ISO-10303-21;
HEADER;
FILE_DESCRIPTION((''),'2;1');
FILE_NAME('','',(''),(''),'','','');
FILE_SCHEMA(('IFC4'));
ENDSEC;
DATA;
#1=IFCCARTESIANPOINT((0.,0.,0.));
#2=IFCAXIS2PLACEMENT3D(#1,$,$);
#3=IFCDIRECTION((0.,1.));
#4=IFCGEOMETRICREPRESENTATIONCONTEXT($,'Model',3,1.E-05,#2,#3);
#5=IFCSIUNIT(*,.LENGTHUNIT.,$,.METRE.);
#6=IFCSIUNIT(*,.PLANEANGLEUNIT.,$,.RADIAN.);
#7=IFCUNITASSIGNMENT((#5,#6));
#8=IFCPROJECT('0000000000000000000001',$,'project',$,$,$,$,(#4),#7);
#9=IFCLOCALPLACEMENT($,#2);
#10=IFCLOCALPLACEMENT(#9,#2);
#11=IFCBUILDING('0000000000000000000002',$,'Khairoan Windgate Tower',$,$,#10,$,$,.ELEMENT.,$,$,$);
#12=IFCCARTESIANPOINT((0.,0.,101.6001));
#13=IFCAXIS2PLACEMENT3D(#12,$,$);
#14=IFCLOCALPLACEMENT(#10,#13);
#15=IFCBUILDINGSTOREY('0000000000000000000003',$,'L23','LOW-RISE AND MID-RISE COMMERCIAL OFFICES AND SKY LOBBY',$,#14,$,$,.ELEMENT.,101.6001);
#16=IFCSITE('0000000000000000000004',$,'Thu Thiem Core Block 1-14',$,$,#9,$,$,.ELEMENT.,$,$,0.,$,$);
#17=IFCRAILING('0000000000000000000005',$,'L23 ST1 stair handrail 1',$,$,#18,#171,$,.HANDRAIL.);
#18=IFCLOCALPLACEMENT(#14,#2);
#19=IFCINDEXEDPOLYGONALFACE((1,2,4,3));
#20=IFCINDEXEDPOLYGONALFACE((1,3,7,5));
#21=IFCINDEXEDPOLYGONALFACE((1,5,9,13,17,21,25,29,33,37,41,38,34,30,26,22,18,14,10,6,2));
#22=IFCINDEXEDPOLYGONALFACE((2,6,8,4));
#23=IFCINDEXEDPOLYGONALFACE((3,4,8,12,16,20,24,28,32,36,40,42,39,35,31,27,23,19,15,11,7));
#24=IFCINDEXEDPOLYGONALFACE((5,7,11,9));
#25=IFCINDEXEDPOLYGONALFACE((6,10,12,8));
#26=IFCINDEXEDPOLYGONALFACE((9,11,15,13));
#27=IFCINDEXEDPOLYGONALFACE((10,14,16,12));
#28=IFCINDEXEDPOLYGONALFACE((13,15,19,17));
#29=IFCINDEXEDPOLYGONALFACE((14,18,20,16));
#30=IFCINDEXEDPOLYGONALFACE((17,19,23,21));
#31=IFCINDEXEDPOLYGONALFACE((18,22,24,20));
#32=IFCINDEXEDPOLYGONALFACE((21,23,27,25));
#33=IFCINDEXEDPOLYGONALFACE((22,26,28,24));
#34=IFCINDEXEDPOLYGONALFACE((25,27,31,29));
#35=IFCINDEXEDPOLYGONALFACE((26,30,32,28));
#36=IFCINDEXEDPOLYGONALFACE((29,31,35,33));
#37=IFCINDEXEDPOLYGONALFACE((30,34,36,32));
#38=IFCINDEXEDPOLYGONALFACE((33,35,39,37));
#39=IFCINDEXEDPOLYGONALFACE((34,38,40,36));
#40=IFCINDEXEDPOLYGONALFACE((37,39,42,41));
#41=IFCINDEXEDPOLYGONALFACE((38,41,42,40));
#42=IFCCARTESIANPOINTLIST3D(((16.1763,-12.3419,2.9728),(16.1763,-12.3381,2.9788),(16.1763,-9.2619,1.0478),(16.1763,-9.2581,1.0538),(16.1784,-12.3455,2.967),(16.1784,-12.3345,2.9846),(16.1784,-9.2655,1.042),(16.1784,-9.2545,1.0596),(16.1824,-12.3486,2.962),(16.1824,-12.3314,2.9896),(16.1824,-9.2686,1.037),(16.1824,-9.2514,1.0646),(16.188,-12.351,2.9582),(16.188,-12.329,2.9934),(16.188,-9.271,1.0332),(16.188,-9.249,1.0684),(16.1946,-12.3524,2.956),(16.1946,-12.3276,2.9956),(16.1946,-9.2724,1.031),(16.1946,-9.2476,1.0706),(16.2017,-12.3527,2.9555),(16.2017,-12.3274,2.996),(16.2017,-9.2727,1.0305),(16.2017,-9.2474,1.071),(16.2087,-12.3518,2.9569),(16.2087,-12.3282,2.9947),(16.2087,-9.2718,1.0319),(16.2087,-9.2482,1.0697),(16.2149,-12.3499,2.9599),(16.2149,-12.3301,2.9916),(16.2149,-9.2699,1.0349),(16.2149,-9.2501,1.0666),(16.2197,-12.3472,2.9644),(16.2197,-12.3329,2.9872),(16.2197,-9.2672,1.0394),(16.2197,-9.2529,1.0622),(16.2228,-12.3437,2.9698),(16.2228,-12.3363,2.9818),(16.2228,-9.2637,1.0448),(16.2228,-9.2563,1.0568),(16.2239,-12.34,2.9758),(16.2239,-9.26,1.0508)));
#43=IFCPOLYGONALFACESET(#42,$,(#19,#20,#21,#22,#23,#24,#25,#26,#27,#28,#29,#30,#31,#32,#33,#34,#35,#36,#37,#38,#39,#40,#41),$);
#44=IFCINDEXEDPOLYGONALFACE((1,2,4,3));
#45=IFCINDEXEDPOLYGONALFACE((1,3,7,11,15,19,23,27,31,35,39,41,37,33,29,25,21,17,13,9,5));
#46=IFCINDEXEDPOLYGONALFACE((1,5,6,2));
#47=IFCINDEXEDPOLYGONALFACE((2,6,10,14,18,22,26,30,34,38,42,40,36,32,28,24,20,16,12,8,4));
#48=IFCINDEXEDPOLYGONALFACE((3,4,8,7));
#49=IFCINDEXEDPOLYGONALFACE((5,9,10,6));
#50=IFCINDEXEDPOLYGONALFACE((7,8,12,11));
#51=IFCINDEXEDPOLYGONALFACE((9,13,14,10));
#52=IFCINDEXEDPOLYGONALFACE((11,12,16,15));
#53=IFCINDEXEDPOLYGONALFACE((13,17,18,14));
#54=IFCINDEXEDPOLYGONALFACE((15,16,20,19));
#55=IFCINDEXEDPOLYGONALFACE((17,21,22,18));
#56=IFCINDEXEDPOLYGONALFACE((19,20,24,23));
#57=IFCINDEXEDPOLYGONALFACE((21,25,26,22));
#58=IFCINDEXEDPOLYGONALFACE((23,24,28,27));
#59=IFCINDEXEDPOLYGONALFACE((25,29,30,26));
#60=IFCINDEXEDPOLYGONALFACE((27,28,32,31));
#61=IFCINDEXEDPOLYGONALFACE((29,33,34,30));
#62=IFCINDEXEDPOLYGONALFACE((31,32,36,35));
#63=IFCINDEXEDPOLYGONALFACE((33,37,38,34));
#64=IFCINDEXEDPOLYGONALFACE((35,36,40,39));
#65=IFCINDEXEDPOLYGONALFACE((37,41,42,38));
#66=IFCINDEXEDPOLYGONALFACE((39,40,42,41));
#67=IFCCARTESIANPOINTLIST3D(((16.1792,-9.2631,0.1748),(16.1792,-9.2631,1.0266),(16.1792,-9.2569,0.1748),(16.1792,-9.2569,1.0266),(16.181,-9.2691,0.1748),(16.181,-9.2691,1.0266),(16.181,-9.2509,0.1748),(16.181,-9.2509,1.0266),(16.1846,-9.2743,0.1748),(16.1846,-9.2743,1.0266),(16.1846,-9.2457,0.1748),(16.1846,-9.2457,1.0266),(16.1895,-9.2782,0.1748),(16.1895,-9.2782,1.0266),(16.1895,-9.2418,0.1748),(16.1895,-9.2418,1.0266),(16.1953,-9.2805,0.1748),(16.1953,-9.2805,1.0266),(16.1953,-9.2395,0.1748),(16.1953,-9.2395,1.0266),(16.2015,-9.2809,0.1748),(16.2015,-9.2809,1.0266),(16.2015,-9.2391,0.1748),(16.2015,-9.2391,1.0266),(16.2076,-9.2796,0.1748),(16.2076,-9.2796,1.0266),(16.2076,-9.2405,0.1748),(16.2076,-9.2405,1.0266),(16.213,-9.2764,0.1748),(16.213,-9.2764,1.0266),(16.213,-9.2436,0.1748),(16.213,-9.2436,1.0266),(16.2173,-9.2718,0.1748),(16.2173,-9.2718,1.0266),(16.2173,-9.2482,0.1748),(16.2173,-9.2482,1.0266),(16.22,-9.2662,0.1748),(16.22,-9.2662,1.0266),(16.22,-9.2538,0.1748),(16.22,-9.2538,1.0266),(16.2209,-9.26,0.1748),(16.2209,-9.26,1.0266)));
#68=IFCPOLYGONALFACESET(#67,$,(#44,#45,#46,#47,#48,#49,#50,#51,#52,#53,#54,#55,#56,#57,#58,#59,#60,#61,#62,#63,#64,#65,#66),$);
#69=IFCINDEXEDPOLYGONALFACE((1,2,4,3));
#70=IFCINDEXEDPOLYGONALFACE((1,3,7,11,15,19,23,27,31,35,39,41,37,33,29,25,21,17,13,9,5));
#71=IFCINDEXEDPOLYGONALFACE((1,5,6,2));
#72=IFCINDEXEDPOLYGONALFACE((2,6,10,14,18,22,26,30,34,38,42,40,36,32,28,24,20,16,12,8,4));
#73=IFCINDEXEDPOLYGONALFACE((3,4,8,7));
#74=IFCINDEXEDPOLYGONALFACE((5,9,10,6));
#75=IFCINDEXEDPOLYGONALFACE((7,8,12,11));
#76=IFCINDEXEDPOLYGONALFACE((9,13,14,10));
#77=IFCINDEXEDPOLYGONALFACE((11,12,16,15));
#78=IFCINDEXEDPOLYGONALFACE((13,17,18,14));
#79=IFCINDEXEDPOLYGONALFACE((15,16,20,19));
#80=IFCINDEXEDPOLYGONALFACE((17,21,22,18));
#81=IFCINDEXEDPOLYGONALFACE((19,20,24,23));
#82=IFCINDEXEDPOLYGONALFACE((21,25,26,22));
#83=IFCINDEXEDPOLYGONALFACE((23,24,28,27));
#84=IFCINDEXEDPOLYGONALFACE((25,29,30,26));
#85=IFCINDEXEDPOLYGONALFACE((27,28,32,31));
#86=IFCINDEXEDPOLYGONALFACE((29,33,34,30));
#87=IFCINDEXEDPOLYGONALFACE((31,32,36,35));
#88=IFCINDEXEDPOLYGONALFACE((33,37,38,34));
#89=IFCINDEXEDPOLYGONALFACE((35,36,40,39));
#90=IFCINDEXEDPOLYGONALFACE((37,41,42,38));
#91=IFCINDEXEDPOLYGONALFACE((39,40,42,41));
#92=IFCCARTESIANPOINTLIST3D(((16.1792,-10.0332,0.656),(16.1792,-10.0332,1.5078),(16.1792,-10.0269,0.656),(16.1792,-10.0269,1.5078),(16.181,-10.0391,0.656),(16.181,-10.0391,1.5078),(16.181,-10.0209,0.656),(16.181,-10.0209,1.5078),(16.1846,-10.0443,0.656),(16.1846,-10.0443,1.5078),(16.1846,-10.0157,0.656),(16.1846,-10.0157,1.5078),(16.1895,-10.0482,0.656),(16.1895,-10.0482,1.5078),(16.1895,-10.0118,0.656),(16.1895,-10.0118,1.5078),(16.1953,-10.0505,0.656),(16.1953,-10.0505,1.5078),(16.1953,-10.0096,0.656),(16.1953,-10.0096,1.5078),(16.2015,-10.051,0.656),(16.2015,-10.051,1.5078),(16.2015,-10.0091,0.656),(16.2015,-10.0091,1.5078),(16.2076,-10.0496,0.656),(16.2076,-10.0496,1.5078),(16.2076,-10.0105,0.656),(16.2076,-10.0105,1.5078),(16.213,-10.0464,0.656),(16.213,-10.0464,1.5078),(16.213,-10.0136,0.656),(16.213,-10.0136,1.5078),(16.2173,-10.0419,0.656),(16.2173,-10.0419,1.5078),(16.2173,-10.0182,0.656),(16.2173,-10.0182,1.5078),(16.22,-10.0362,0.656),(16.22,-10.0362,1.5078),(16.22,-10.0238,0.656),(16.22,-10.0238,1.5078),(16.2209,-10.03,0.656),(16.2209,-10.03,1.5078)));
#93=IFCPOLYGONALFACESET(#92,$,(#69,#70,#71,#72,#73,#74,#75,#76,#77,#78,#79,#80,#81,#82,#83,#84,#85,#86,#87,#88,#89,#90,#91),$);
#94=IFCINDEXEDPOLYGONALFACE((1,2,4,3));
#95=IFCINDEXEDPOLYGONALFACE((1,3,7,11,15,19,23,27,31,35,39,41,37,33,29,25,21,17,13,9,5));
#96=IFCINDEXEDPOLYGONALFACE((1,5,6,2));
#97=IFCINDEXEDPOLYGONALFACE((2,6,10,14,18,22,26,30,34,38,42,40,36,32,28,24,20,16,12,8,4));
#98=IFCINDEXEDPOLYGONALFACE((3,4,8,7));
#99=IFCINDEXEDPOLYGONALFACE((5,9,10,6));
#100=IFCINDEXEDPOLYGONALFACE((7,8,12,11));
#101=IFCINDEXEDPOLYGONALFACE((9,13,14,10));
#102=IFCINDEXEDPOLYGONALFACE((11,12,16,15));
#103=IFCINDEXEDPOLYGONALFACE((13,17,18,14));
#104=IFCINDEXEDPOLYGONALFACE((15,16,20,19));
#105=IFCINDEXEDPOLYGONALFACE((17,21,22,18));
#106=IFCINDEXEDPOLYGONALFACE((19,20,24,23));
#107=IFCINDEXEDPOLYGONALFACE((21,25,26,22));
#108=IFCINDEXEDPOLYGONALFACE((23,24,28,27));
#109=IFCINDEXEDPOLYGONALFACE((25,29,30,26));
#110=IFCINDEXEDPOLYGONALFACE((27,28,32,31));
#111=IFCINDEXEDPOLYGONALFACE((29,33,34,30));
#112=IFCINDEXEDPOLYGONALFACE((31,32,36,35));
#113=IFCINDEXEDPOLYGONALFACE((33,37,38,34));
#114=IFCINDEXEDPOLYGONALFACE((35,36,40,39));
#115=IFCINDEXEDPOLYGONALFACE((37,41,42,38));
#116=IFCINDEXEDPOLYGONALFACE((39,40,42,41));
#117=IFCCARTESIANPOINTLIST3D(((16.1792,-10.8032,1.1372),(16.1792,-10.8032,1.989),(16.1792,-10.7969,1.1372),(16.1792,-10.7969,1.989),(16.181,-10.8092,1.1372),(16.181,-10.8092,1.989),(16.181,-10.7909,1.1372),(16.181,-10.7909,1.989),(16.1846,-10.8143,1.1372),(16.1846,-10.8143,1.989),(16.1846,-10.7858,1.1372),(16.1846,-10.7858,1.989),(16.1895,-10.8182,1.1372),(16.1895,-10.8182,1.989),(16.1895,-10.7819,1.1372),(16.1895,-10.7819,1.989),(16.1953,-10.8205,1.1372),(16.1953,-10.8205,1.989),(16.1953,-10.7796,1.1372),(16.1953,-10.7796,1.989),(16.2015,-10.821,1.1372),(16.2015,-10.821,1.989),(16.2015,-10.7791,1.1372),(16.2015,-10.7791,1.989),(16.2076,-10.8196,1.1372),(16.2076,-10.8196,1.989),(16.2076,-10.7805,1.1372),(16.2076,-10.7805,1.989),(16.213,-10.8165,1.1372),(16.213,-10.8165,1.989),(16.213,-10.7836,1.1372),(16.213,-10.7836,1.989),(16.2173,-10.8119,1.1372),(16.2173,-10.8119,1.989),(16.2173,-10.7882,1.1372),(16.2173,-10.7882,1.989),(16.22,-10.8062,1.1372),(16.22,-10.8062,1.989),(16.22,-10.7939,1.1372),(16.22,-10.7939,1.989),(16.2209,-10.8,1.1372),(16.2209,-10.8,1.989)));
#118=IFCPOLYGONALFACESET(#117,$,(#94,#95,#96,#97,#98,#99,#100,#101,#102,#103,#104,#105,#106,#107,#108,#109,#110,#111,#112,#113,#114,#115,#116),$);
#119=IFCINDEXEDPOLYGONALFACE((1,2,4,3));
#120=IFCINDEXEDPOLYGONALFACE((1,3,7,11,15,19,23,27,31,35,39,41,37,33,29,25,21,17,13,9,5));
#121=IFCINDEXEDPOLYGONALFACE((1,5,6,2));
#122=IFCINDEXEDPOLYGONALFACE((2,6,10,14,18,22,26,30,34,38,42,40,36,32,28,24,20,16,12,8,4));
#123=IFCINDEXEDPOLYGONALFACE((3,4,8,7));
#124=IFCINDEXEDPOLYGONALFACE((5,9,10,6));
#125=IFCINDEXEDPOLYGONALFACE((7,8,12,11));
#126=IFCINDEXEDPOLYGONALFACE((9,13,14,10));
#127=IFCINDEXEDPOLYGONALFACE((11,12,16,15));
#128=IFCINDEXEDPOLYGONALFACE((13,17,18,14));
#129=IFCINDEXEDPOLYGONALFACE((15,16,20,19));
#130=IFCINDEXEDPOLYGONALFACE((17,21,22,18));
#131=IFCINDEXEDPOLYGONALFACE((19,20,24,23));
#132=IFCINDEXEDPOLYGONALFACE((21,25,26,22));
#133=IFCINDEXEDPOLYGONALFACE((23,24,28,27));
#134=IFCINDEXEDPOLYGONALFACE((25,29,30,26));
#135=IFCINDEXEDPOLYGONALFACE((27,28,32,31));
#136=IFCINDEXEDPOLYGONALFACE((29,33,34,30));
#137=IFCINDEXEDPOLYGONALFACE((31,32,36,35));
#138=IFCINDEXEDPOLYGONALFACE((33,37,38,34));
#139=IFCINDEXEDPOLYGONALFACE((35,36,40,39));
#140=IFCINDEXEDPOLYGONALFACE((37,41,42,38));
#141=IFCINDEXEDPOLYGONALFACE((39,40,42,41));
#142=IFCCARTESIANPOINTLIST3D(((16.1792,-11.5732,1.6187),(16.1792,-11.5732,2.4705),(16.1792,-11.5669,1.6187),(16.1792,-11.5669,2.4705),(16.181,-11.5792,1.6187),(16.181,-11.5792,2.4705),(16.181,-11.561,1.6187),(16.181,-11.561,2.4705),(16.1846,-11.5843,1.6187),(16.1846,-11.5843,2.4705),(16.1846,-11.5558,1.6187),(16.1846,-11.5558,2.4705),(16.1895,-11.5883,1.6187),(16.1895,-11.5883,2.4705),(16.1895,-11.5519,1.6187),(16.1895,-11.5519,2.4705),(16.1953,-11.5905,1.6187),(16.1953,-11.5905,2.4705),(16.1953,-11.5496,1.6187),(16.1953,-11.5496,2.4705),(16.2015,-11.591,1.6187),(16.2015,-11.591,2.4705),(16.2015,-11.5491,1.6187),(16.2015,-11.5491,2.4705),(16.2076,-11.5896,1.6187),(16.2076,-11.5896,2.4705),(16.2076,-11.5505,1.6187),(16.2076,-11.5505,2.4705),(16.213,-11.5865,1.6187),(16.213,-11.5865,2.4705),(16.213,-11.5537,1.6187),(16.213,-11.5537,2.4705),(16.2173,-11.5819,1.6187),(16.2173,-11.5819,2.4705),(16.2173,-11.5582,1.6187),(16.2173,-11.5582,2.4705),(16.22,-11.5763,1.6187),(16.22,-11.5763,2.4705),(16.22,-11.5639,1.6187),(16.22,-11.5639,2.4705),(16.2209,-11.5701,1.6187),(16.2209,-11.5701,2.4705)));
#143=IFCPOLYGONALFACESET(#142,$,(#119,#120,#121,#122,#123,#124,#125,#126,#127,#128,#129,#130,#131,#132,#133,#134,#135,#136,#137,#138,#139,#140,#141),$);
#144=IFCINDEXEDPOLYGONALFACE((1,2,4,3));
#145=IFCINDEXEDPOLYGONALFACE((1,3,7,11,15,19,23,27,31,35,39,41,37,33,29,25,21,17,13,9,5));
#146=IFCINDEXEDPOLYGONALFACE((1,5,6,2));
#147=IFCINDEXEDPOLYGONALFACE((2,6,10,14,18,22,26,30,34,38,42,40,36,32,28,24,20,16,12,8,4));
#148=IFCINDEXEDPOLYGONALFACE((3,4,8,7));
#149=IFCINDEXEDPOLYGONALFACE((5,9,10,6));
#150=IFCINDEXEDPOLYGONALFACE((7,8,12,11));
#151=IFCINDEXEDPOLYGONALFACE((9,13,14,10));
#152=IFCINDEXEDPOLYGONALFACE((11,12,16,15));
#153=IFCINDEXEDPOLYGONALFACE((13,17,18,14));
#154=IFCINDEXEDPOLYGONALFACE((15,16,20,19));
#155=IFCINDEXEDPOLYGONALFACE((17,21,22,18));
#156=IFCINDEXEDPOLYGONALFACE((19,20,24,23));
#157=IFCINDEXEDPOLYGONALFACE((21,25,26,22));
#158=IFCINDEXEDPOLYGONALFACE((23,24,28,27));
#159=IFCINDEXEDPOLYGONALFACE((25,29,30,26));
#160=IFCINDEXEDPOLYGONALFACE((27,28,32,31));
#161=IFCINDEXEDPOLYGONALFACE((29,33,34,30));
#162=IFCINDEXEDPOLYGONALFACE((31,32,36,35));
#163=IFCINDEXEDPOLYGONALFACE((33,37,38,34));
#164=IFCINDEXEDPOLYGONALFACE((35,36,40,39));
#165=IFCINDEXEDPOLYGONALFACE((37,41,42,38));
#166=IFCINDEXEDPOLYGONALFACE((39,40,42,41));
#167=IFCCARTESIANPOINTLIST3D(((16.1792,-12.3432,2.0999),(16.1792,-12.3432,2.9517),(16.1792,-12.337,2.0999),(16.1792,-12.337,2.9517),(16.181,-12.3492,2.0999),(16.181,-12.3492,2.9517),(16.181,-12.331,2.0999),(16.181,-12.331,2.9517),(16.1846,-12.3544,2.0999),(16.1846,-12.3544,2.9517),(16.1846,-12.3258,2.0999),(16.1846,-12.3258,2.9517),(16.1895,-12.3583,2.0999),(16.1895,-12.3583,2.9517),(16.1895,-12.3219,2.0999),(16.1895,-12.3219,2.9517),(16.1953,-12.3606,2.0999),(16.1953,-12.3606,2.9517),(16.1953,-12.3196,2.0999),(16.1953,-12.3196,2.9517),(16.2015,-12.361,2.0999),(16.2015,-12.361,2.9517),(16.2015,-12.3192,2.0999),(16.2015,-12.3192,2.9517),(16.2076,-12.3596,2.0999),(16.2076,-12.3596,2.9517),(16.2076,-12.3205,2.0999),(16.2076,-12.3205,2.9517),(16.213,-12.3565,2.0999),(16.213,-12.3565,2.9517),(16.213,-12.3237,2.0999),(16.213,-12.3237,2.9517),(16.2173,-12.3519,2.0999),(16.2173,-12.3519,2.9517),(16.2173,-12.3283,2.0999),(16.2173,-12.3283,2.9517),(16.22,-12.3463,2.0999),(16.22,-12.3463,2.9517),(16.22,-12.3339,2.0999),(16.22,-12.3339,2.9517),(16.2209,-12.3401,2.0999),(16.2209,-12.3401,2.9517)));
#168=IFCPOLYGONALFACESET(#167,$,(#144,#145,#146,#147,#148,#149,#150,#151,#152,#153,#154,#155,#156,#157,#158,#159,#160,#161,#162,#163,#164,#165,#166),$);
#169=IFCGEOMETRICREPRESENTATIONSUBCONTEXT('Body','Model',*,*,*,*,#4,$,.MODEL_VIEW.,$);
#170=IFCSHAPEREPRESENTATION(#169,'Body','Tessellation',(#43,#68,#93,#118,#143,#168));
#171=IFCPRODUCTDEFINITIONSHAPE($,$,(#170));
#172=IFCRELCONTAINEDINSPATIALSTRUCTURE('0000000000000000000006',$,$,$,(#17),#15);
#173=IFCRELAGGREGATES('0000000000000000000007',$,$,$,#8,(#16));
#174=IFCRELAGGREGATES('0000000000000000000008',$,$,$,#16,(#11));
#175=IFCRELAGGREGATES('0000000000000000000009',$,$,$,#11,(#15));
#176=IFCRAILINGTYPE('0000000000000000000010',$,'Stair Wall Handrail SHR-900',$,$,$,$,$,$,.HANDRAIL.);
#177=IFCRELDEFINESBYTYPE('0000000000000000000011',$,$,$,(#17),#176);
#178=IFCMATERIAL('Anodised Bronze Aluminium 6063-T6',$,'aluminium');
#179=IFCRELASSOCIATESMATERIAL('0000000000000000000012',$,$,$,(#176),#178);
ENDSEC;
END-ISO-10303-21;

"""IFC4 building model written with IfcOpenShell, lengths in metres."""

from ifc_helpers import new_model, si_unit, direction, frame, origin, origin_2d, place, context, subcontext, project, spatial, circle, extrude, material, type_object, element, save


model = new_model("IFC4")

# Units and contexts
model_context = context("Model", 3, precision=1e-05, world=origin(), true_north=direction((0.0, 1.0)))
body_context = subcontext(model_context, "Body", "Model", "MODEL_VIEW")
ifc_project = project(units=[si_unit("LENGTHUNIT", "METRE"), si_unit("PLANEANGLEUNIT", "RADIAN")], contexts=[model_context])

# Site, building, storey
site_placement = place(None, origin())
site = spatial("IfcSite", under=ifc_project, at=site_placement, Name="Thu Thiem Core Block 1-14", CompositionType="ELEMENT", RefElevation=0.0)
building_placement = place(site_placement, origin())
building = spatial("IfcBuilding", under=site, at=building_placement, Name="Khairoan Windgate Tower", CompositionType="ELEMENT")
storey_placement = place(building_placement, frame((0.0, 0.0, 101.6001)))
storey = spatial("IfcBuildingStorey", under=building, at=storey_placement, Name="L23", Description="LOW-RISE AND MID-RISE COMMERCIAL OFFICES AND SKY LOBBY", CompositionType="ELEMENT", Elevation=101.6001)

# Railing
ifc_material_1 = material(Name="Anodised Bronze Aluminium 6063-T6", Category="aluminium")
railing_type_1 = type_object("IfcRailingType", Name="Stair Wall Handrail SHR-900", PredefinedType="HANDRAIL", material=ifc_material_1)
railing_1_placement = place(storey_placement, frame((16.2, -9.26, 0.1748)))
element("IfcRailing", 1, at=railing_1_placement, inside=storey, type_object=railing_type_1, Name="L23 ST1 stair handrail 1", PredefinedType="HANDRAIL", context=body_context, shape_type="SweptSolid", body=[
    extrude(circle(Radius=0.0239, at=origin_2d()), frame((0.0, 0.0, 0.876), z_axis=(0.0, -0.847998, 0.529999), x_axis=(1.0, 0.0, 0.0)), (0.0, 0.0, 1.0), 3.6321),
    extrude(circle(Radius=0.021, at=origin_2d()), origin(), (0.0, 0.0, 1.0), 0.8518),
    extrude(circle(Radius=0.021, at=origin_2d()), frame((0.0, -0.77, 0.4812)), (0.0, 0.0, 1.0), 0.8518),
    extrude(circle(Radius=0.021, at=origin_2d()), frame((0.0, -1.54, 0.9624)), (0.0, 0.0, 1.0), 0.8518),
    extrude(circle(Radius=0.021, at=origin_2d()), frame((0.0, -2.3101, 1.4438)), (0.0, 0.0, 1.0), 0.8518),
    extrude(circle(Radius=0.021, at=origin_2d()), frame((0.0, -3.0801, 1.925)), (0.0, 0.0, 1.0), 0.8518),
])

save(model, "model.ifc")
